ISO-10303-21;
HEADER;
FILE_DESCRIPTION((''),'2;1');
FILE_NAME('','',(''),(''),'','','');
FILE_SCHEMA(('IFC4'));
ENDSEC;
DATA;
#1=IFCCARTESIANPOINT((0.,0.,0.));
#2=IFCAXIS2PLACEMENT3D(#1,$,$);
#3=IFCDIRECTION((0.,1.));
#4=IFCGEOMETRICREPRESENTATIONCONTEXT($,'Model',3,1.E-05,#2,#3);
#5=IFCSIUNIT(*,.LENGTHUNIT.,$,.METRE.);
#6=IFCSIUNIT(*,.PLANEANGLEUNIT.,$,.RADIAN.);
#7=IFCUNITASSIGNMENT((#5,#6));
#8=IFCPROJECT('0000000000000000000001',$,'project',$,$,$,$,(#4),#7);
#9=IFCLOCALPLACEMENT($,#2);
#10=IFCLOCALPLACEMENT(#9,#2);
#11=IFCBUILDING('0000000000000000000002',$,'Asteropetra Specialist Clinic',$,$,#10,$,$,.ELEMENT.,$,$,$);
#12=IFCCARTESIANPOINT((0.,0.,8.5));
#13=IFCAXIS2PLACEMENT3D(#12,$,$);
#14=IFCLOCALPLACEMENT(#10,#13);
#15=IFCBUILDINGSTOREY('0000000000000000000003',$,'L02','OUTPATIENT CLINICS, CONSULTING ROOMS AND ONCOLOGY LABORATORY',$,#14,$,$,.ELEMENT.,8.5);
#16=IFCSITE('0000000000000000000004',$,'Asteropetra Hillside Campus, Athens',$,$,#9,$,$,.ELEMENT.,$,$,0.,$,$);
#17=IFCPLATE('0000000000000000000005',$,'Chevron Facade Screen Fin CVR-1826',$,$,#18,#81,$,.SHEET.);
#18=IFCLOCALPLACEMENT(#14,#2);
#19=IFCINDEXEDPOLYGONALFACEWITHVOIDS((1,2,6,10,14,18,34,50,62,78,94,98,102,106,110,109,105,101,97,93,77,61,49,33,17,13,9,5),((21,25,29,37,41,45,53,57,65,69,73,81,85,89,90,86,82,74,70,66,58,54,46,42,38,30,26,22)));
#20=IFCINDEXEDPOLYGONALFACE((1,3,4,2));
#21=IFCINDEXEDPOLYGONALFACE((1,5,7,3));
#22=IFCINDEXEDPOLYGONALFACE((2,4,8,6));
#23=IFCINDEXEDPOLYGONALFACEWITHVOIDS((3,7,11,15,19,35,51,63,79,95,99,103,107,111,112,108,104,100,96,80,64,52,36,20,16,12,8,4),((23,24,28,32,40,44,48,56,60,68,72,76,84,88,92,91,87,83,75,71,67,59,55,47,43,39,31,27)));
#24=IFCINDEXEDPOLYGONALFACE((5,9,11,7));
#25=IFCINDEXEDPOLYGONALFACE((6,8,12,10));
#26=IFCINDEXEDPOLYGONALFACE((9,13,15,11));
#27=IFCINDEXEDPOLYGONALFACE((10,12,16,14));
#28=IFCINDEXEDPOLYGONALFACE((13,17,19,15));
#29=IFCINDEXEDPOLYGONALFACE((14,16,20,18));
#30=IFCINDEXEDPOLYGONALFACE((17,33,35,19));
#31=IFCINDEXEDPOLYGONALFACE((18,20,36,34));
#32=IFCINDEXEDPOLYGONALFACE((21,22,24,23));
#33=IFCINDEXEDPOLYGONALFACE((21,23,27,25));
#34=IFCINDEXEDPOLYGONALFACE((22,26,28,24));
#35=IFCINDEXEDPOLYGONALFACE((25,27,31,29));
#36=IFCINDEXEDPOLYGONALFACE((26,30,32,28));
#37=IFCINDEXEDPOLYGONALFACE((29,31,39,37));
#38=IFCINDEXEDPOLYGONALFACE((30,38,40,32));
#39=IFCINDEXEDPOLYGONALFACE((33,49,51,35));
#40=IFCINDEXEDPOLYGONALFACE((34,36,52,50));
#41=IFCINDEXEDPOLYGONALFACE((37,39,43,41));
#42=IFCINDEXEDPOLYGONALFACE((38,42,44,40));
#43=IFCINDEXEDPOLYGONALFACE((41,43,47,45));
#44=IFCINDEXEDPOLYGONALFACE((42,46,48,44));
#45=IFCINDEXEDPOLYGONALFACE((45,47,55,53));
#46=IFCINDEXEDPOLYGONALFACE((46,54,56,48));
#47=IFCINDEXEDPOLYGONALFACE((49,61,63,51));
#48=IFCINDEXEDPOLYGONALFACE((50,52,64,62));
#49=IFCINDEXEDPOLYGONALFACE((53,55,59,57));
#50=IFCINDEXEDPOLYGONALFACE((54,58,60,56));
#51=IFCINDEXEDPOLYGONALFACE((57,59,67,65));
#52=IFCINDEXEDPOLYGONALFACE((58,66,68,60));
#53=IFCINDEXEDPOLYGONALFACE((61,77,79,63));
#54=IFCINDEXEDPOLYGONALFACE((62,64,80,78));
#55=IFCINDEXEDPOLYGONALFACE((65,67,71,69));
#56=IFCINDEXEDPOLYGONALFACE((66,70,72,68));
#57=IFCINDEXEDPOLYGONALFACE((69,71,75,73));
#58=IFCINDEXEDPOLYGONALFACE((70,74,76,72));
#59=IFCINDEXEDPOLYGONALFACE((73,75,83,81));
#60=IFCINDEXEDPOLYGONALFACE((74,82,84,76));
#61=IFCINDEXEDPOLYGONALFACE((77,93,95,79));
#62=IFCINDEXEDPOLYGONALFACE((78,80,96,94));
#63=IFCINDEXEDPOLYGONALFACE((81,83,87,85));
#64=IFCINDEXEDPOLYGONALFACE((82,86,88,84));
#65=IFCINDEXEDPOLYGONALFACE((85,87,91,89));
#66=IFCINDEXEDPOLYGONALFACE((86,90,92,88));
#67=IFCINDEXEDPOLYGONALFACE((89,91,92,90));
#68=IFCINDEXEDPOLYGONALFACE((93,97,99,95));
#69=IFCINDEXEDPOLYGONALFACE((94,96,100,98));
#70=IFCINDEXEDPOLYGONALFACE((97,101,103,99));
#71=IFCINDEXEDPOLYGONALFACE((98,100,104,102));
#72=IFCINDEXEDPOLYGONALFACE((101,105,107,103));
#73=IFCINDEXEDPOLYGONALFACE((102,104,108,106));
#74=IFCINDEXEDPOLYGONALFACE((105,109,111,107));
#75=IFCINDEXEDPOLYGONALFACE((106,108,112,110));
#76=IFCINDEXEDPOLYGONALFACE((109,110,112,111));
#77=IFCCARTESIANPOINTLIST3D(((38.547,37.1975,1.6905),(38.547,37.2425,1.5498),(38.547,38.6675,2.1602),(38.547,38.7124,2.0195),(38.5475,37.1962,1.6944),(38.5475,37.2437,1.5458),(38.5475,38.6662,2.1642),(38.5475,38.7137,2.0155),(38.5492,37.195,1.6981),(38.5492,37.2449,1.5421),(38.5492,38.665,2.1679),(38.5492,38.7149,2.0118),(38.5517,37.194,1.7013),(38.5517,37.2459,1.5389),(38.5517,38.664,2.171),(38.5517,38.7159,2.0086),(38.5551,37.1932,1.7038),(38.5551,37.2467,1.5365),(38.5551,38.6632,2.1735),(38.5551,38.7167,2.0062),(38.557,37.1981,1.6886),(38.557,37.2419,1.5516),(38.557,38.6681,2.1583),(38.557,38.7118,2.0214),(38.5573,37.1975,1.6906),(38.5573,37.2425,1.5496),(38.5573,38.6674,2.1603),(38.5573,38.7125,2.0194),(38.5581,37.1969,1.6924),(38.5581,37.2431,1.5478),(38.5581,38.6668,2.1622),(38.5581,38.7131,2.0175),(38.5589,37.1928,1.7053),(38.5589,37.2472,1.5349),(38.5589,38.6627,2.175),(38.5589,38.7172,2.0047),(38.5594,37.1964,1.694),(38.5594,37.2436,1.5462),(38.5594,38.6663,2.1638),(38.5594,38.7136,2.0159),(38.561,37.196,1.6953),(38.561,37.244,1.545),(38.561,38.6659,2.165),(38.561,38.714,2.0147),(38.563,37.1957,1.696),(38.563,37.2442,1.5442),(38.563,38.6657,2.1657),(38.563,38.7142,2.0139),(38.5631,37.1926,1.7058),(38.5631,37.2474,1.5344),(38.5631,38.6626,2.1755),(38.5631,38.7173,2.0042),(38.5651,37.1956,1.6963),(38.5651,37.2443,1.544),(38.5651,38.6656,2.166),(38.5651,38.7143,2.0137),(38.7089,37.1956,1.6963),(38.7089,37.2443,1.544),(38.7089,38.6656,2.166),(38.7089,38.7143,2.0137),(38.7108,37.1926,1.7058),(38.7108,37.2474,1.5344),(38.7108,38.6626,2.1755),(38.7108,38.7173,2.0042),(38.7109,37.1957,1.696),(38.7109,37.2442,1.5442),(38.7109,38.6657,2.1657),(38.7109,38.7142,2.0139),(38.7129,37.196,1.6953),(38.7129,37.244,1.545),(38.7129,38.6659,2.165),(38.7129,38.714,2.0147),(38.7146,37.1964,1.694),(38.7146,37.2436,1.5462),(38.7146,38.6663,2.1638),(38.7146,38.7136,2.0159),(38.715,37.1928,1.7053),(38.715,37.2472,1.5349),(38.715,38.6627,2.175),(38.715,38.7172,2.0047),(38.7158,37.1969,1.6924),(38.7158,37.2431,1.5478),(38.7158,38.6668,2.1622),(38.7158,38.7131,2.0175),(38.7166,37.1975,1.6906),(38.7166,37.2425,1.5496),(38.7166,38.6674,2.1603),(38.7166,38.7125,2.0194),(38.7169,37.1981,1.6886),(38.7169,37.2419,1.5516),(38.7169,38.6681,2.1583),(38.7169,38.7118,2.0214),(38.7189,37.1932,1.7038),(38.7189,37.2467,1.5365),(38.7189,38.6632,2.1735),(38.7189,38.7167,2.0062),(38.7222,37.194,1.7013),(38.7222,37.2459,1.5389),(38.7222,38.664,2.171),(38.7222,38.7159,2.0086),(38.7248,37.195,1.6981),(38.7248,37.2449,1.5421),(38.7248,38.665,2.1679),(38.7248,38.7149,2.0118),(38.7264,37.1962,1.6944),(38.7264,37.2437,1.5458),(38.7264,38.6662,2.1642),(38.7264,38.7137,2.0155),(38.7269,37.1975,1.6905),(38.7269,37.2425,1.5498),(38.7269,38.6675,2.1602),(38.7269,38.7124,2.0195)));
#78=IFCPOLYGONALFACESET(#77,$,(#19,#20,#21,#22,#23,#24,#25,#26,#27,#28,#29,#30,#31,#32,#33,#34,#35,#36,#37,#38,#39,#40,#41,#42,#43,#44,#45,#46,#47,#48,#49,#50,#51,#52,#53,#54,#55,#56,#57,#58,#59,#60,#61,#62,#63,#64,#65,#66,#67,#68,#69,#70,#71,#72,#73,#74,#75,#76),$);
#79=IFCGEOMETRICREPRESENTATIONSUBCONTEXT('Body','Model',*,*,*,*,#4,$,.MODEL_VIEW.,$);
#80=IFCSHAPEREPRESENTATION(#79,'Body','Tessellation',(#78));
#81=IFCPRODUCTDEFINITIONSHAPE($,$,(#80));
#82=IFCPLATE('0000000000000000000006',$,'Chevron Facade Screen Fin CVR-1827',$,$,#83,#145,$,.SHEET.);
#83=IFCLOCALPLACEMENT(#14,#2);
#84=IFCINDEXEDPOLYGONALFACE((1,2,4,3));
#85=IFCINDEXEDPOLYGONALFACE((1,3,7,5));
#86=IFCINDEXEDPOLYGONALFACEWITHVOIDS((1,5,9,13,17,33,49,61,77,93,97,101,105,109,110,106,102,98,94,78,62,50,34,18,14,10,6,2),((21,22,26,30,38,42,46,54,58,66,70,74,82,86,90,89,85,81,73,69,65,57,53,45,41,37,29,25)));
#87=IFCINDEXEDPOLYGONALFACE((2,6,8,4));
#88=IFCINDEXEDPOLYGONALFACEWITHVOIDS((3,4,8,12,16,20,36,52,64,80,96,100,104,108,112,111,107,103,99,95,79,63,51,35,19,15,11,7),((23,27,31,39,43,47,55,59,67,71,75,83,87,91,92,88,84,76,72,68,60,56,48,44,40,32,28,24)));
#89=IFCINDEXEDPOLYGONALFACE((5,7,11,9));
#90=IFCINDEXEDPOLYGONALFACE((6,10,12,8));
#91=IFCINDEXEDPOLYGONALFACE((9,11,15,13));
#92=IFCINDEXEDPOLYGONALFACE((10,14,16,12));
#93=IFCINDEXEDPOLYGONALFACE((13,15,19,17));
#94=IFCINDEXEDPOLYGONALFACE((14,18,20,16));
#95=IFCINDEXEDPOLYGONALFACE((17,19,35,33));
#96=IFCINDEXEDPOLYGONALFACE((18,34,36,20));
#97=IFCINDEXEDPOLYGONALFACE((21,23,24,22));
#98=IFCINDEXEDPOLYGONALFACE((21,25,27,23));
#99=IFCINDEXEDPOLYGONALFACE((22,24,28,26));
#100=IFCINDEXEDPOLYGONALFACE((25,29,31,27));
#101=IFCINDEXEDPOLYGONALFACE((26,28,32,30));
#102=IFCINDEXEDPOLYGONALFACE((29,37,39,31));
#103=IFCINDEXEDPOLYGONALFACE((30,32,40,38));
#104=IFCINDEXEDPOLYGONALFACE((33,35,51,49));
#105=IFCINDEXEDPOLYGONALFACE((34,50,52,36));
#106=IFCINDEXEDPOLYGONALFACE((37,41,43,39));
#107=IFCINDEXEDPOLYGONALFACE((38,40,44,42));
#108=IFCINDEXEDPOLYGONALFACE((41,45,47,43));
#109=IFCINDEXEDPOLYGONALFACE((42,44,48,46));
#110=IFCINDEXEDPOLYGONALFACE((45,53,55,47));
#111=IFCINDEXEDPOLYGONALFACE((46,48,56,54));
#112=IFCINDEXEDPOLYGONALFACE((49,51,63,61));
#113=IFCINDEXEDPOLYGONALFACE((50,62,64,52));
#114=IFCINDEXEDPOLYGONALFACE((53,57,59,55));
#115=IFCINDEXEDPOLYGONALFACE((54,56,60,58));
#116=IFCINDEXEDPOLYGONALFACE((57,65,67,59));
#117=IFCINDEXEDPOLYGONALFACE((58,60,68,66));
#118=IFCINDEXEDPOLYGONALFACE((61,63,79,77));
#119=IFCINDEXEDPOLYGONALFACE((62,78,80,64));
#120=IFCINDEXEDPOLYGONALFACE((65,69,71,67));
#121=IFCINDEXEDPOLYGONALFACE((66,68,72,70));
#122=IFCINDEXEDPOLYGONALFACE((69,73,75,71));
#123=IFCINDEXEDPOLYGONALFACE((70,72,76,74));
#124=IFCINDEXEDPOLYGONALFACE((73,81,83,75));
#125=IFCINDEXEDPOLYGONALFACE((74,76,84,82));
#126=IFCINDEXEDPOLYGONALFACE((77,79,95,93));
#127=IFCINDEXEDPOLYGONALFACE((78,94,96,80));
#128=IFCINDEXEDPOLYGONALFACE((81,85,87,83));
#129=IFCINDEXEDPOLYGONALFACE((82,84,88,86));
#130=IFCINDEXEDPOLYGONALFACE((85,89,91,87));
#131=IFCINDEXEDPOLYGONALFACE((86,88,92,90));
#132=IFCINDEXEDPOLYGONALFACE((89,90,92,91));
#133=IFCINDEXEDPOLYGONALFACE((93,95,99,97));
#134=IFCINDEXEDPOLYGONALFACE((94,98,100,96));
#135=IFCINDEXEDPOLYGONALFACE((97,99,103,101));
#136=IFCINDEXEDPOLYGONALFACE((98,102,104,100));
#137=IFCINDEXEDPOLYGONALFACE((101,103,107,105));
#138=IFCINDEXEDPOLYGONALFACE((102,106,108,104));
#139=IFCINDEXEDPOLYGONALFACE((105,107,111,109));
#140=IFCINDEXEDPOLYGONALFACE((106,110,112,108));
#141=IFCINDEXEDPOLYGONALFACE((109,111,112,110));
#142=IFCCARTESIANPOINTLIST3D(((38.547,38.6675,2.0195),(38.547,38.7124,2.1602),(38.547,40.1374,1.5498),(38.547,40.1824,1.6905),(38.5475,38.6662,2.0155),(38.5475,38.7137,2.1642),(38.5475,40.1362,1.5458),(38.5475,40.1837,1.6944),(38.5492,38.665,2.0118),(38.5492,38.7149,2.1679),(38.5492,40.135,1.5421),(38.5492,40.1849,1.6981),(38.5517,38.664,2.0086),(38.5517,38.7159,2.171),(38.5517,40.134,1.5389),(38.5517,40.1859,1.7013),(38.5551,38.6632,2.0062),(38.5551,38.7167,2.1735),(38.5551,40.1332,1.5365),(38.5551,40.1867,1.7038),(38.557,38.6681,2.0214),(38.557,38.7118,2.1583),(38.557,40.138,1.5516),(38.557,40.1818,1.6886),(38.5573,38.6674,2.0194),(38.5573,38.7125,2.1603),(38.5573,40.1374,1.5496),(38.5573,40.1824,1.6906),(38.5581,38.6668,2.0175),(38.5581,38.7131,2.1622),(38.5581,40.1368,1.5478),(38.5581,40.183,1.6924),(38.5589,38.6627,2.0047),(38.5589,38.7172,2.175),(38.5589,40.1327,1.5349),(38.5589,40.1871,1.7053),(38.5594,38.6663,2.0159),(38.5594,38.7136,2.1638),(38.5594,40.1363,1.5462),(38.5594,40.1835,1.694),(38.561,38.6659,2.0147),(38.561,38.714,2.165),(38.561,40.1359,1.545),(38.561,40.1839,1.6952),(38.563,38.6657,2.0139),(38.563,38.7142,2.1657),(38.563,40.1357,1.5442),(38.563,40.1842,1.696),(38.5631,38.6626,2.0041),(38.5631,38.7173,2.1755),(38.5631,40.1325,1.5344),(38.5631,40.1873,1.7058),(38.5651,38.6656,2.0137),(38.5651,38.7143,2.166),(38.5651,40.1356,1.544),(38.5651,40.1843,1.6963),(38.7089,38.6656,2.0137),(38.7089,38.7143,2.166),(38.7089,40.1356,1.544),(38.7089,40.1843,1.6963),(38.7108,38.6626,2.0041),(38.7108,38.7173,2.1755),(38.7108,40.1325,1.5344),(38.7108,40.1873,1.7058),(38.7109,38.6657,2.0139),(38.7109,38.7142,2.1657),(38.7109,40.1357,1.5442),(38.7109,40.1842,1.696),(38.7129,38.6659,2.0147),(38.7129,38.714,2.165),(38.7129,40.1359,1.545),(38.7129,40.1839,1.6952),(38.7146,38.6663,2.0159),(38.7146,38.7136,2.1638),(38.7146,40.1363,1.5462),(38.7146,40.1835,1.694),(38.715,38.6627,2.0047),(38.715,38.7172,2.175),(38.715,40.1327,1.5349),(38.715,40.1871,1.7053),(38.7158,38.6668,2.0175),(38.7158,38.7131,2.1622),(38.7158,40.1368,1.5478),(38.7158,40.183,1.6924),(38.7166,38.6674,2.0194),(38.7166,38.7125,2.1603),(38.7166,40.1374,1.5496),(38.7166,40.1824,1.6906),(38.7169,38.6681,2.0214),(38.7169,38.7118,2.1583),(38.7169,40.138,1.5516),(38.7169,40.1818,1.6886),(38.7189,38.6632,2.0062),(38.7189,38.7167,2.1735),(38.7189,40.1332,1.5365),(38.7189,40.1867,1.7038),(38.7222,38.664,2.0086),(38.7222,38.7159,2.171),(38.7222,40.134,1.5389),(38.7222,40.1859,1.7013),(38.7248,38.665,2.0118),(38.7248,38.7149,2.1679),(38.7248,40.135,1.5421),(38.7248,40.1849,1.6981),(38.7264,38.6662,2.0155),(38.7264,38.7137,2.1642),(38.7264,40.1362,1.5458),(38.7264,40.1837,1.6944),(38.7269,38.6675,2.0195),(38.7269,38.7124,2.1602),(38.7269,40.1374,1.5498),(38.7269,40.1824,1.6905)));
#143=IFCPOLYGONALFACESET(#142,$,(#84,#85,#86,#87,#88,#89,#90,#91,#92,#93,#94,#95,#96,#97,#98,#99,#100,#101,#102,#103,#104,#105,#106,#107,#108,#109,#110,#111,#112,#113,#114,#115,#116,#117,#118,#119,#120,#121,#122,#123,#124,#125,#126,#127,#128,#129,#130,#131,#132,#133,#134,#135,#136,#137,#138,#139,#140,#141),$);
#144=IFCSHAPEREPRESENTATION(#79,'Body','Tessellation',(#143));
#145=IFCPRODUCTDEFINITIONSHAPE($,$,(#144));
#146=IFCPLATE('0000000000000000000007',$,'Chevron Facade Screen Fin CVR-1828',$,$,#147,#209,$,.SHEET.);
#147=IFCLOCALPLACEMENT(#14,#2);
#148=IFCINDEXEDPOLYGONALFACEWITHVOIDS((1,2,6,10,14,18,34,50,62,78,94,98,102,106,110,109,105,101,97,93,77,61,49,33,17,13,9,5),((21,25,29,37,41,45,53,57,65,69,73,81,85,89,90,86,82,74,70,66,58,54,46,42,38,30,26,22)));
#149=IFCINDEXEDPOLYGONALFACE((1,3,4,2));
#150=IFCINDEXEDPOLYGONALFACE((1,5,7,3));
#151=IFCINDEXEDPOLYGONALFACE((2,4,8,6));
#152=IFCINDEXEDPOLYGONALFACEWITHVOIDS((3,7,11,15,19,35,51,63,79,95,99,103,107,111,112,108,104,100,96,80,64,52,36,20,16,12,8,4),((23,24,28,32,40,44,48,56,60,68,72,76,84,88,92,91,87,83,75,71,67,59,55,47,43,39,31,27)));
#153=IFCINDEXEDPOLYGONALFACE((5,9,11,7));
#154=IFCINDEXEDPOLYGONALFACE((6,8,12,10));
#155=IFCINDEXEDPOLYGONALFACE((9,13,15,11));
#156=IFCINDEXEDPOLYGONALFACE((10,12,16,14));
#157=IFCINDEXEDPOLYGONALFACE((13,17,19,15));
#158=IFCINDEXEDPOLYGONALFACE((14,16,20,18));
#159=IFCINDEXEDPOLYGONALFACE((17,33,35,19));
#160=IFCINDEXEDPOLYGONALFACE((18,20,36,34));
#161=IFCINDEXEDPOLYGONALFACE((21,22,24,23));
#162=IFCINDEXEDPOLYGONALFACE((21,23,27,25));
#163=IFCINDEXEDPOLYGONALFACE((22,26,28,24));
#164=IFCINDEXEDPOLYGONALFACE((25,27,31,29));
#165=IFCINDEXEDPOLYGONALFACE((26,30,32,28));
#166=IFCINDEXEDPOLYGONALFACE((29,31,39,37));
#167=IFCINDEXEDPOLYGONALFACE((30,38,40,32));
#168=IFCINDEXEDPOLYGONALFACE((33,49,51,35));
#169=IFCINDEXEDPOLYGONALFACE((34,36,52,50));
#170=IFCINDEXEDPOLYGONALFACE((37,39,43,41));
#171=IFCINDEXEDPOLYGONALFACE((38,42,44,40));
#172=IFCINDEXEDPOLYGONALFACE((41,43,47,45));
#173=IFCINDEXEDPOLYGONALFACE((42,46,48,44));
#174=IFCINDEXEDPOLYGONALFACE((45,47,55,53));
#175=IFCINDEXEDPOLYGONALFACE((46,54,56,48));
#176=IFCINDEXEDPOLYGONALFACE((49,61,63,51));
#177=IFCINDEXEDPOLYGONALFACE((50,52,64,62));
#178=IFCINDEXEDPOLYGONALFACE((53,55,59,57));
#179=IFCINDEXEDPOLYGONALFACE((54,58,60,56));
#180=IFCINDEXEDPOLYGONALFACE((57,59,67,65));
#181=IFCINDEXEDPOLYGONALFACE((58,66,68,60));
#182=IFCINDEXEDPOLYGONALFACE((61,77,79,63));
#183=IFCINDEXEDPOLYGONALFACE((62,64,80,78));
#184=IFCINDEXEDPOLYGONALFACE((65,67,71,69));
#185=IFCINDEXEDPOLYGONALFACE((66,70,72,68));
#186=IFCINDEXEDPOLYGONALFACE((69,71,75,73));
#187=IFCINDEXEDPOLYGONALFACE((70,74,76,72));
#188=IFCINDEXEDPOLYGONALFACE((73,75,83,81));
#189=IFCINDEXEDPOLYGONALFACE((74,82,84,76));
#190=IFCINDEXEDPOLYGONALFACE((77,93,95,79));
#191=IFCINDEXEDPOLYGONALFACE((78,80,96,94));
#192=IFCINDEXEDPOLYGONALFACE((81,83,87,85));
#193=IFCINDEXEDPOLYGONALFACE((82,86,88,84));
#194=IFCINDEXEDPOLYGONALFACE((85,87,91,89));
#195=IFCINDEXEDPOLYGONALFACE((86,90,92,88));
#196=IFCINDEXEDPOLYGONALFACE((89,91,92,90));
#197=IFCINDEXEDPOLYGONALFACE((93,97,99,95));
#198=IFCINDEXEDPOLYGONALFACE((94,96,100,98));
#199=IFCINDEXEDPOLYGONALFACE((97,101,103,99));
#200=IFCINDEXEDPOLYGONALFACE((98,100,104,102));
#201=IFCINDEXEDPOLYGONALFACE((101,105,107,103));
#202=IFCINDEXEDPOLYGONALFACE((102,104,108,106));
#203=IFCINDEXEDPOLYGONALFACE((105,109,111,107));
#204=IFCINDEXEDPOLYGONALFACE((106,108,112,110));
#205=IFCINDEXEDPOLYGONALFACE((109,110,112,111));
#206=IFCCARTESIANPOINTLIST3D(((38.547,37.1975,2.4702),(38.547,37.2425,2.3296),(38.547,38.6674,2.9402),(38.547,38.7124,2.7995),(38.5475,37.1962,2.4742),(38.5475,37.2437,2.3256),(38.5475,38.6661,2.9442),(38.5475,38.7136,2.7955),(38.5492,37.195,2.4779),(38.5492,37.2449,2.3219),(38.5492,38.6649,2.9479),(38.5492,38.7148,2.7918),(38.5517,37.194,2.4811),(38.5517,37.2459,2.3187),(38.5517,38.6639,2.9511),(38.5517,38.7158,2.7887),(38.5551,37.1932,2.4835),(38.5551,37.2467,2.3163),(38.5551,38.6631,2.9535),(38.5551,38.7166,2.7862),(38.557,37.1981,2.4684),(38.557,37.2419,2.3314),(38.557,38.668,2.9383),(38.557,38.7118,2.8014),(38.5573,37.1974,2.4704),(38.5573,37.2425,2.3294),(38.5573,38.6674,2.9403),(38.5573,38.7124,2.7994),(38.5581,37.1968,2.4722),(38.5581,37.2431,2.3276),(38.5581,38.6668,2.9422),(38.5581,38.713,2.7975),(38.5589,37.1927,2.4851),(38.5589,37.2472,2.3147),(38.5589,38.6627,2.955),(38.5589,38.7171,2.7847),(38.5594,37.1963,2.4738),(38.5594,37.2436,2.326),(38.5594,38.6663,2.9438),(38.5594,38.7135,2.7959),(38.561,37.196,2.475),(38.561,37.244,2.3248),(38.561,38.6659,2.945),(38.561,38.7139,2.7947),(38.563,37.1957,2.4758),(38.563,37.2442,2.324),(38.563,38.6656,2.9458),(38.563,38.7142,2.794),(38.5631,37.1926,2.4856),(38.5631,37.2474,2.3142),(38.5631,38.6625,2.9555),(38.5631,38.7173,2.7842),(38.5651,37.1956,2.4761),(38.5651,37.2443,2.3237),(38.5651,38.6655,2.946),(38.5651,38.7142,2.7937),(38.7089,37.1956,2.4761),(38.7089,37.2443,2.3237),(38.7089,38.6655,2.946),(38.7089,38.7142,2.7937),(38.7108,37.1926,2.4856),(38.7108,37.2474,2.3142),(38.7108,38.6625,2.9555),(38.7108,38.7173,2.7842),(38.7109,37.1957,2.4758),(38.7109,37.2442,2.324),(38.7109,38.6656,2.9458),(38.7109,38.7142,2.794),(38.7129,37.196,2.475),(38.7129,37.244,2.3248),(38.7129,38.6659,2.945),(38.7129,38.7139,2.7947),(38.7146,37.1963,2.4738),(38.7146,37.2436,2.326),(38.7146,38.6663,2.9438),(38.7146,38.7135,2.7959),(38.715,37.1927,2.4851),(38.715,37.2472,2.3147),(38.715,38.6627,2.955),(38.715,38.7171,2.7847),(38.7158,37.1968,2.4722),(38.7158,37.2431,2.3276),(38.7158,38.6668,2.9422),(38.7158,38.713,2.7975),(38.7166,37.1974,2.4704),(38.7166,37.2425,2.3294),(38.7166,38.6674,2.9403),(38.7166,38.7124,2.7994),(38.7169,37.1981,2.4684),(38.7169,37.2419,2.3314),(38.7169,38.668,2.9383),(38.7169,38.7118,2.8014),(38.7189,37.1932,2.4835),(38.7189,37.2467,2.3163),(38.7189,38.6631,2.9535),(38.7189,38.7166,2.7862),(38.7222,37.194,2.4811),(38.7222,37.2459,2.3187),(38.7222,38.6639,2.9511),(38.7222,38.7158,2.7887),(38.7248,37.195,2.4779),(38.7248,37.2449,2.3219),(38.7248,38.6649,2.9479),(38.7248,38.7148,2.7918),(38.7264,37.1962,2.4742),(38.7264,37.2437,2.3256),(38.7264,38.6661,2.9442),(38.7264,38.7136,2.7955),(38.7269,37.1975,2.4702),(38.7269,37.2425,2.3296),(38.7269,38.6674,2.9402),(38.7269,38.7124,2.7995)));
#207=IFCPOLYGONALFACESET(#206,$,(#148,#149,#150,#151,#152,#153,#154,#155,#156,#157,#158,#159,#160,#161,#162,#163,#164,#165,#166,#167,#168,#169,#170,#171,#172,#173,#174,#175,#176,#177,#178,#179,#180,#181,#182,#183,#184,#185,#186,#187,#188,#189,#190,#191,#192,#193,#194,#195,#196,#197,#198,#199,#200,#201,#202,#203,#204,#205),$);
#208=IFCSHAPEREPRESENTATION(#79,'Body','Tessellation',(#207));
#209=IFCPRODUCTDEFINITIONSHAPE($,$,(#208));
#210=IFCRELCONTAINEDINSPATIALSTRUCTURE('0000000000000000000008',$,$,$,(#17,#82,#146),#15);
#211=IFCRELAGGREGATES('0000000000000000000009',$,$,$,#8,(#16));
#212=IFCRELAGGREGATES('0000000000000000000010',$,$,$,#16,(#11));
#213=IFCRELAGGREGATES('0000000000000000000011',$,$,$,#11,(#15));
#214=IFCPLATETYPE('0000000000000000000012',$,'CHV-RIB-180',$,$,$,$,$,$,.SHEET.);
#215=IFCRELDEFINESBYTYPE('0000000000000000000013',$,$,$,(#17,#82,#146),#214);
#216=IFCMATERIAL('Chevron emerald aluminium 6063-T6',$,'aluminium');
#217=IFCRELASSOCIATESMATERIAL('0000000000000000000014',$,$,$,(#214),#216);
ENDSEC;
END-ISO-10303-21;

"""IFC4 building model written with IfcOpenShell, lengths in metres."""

from ifc_helpers import new_model, si_unit, direction, frame, origin, origin_2d, place, context, subcontext, project, spatial, hollow_rectangle, extrude, material, material_profile, profile_set, type_object, element, save


model = new_model("IFC4")

# Units and contexts
model_context = context("Model", 3, precision=1e-05, world=origin(), true_north=direction((0.0, 1.0)))
body_context = subcontext(model_context, "Body", "Model", "MODEL_VIEW")
ifc_project = project(units=[si_unit("LENGTHUNIT", "METRE"), si_unit("PLANEANGLEUNIT", "RADIAN")], contexts=[model_context])

# Site, building, storey
site_placement = place(None, origin())
site = spatial("IfcSite", under=ifc_project, at=site_placement, Name="Asteropetra Hillside Campus, Athens", CompositionType="ELEMENT", RefElevation=0.0)
building_placement = place(site_placement, origin())
building = spatial("IfcBuilding", under=site, at=building_placement, Name="Asteropetra Specialist Clinic", CompositionType="ELEMENT")
storey_placement = place(building_placement, frame((0.0, 0.0, 8.5)))
storey = spatial("IfcBuildingStorey", under=building, at=storey_placement, Name="L02", Description="OUTPATIENT CLINICS, CONSULTING ROOMS AND ONCOLOGY LABORATORY", CompositionType="ELEMENT", Elevation=8.5)

# Plates
ifc_material_1 = material(Name="Chevron emerald aluminium 6063-T6", Category="aluminium")
ifc_material_profile_1 = material_profile(ifc_material_1, hollow_rectangle(XDim=0.1799, YDim=0.1799, WallThickness=0.01, InnerFilletRadius=0.0081, OuterFilletRadius=0.0161, at=origin_2d()), Name="SHS 180x180x10.0")
ifc_profile_set_1 = profile_set([ifc_material_profile_1], Name="Chevron emerald aluminium 6063-T6")
plate_type_1 = type_object("IfcPlateType", Name="CHV-RIB-180", PredefinedType="SHEET", material=ifc_profile_set_1)
for number, where, z_axis, x_axis, name in (
    (1, (38.637, 37.22, 1.6201), (0.0, 0.952549, 0.304385), (-1.0, 0.0, 0.0), "Chevron Facade Screen Fin CVR-1826"),
    (2, (38.637, 38.6899, 2.0898), (0.0, 0.952549, -0.304385), (-1.0, 0.0, 0.0), "Chevron Facade Screen Fin CVR-1827"),
    (3, (38.637, 37.22, 2.3999), (0.0, 0.952503, 0.304529), (-1.0, 0.0, 0.0), "Chevron Facade Screen Fin CVR-1828"),
):
    element("IfcPlate", number, at=place(storey_placement, frame(where, z_axis=z_axis, x_axis=x_axis)), inside=storey, type_object=plate_type_1, Name=name, PredefinedType="SHEET", context=body_context, shape_type="SweptSolid", body=[
        extrude(hollow_rectangle(XDim=0.1799, YDim=0.1799, WallThickness=0.01, InnerFilletRadius=0.0081, OuterFilletRadius=0.0161, at=origin_2d()), origin(), (0.0, 0.0, 1.0), 1.5432),
    ])

save(model, "model.ifc")
